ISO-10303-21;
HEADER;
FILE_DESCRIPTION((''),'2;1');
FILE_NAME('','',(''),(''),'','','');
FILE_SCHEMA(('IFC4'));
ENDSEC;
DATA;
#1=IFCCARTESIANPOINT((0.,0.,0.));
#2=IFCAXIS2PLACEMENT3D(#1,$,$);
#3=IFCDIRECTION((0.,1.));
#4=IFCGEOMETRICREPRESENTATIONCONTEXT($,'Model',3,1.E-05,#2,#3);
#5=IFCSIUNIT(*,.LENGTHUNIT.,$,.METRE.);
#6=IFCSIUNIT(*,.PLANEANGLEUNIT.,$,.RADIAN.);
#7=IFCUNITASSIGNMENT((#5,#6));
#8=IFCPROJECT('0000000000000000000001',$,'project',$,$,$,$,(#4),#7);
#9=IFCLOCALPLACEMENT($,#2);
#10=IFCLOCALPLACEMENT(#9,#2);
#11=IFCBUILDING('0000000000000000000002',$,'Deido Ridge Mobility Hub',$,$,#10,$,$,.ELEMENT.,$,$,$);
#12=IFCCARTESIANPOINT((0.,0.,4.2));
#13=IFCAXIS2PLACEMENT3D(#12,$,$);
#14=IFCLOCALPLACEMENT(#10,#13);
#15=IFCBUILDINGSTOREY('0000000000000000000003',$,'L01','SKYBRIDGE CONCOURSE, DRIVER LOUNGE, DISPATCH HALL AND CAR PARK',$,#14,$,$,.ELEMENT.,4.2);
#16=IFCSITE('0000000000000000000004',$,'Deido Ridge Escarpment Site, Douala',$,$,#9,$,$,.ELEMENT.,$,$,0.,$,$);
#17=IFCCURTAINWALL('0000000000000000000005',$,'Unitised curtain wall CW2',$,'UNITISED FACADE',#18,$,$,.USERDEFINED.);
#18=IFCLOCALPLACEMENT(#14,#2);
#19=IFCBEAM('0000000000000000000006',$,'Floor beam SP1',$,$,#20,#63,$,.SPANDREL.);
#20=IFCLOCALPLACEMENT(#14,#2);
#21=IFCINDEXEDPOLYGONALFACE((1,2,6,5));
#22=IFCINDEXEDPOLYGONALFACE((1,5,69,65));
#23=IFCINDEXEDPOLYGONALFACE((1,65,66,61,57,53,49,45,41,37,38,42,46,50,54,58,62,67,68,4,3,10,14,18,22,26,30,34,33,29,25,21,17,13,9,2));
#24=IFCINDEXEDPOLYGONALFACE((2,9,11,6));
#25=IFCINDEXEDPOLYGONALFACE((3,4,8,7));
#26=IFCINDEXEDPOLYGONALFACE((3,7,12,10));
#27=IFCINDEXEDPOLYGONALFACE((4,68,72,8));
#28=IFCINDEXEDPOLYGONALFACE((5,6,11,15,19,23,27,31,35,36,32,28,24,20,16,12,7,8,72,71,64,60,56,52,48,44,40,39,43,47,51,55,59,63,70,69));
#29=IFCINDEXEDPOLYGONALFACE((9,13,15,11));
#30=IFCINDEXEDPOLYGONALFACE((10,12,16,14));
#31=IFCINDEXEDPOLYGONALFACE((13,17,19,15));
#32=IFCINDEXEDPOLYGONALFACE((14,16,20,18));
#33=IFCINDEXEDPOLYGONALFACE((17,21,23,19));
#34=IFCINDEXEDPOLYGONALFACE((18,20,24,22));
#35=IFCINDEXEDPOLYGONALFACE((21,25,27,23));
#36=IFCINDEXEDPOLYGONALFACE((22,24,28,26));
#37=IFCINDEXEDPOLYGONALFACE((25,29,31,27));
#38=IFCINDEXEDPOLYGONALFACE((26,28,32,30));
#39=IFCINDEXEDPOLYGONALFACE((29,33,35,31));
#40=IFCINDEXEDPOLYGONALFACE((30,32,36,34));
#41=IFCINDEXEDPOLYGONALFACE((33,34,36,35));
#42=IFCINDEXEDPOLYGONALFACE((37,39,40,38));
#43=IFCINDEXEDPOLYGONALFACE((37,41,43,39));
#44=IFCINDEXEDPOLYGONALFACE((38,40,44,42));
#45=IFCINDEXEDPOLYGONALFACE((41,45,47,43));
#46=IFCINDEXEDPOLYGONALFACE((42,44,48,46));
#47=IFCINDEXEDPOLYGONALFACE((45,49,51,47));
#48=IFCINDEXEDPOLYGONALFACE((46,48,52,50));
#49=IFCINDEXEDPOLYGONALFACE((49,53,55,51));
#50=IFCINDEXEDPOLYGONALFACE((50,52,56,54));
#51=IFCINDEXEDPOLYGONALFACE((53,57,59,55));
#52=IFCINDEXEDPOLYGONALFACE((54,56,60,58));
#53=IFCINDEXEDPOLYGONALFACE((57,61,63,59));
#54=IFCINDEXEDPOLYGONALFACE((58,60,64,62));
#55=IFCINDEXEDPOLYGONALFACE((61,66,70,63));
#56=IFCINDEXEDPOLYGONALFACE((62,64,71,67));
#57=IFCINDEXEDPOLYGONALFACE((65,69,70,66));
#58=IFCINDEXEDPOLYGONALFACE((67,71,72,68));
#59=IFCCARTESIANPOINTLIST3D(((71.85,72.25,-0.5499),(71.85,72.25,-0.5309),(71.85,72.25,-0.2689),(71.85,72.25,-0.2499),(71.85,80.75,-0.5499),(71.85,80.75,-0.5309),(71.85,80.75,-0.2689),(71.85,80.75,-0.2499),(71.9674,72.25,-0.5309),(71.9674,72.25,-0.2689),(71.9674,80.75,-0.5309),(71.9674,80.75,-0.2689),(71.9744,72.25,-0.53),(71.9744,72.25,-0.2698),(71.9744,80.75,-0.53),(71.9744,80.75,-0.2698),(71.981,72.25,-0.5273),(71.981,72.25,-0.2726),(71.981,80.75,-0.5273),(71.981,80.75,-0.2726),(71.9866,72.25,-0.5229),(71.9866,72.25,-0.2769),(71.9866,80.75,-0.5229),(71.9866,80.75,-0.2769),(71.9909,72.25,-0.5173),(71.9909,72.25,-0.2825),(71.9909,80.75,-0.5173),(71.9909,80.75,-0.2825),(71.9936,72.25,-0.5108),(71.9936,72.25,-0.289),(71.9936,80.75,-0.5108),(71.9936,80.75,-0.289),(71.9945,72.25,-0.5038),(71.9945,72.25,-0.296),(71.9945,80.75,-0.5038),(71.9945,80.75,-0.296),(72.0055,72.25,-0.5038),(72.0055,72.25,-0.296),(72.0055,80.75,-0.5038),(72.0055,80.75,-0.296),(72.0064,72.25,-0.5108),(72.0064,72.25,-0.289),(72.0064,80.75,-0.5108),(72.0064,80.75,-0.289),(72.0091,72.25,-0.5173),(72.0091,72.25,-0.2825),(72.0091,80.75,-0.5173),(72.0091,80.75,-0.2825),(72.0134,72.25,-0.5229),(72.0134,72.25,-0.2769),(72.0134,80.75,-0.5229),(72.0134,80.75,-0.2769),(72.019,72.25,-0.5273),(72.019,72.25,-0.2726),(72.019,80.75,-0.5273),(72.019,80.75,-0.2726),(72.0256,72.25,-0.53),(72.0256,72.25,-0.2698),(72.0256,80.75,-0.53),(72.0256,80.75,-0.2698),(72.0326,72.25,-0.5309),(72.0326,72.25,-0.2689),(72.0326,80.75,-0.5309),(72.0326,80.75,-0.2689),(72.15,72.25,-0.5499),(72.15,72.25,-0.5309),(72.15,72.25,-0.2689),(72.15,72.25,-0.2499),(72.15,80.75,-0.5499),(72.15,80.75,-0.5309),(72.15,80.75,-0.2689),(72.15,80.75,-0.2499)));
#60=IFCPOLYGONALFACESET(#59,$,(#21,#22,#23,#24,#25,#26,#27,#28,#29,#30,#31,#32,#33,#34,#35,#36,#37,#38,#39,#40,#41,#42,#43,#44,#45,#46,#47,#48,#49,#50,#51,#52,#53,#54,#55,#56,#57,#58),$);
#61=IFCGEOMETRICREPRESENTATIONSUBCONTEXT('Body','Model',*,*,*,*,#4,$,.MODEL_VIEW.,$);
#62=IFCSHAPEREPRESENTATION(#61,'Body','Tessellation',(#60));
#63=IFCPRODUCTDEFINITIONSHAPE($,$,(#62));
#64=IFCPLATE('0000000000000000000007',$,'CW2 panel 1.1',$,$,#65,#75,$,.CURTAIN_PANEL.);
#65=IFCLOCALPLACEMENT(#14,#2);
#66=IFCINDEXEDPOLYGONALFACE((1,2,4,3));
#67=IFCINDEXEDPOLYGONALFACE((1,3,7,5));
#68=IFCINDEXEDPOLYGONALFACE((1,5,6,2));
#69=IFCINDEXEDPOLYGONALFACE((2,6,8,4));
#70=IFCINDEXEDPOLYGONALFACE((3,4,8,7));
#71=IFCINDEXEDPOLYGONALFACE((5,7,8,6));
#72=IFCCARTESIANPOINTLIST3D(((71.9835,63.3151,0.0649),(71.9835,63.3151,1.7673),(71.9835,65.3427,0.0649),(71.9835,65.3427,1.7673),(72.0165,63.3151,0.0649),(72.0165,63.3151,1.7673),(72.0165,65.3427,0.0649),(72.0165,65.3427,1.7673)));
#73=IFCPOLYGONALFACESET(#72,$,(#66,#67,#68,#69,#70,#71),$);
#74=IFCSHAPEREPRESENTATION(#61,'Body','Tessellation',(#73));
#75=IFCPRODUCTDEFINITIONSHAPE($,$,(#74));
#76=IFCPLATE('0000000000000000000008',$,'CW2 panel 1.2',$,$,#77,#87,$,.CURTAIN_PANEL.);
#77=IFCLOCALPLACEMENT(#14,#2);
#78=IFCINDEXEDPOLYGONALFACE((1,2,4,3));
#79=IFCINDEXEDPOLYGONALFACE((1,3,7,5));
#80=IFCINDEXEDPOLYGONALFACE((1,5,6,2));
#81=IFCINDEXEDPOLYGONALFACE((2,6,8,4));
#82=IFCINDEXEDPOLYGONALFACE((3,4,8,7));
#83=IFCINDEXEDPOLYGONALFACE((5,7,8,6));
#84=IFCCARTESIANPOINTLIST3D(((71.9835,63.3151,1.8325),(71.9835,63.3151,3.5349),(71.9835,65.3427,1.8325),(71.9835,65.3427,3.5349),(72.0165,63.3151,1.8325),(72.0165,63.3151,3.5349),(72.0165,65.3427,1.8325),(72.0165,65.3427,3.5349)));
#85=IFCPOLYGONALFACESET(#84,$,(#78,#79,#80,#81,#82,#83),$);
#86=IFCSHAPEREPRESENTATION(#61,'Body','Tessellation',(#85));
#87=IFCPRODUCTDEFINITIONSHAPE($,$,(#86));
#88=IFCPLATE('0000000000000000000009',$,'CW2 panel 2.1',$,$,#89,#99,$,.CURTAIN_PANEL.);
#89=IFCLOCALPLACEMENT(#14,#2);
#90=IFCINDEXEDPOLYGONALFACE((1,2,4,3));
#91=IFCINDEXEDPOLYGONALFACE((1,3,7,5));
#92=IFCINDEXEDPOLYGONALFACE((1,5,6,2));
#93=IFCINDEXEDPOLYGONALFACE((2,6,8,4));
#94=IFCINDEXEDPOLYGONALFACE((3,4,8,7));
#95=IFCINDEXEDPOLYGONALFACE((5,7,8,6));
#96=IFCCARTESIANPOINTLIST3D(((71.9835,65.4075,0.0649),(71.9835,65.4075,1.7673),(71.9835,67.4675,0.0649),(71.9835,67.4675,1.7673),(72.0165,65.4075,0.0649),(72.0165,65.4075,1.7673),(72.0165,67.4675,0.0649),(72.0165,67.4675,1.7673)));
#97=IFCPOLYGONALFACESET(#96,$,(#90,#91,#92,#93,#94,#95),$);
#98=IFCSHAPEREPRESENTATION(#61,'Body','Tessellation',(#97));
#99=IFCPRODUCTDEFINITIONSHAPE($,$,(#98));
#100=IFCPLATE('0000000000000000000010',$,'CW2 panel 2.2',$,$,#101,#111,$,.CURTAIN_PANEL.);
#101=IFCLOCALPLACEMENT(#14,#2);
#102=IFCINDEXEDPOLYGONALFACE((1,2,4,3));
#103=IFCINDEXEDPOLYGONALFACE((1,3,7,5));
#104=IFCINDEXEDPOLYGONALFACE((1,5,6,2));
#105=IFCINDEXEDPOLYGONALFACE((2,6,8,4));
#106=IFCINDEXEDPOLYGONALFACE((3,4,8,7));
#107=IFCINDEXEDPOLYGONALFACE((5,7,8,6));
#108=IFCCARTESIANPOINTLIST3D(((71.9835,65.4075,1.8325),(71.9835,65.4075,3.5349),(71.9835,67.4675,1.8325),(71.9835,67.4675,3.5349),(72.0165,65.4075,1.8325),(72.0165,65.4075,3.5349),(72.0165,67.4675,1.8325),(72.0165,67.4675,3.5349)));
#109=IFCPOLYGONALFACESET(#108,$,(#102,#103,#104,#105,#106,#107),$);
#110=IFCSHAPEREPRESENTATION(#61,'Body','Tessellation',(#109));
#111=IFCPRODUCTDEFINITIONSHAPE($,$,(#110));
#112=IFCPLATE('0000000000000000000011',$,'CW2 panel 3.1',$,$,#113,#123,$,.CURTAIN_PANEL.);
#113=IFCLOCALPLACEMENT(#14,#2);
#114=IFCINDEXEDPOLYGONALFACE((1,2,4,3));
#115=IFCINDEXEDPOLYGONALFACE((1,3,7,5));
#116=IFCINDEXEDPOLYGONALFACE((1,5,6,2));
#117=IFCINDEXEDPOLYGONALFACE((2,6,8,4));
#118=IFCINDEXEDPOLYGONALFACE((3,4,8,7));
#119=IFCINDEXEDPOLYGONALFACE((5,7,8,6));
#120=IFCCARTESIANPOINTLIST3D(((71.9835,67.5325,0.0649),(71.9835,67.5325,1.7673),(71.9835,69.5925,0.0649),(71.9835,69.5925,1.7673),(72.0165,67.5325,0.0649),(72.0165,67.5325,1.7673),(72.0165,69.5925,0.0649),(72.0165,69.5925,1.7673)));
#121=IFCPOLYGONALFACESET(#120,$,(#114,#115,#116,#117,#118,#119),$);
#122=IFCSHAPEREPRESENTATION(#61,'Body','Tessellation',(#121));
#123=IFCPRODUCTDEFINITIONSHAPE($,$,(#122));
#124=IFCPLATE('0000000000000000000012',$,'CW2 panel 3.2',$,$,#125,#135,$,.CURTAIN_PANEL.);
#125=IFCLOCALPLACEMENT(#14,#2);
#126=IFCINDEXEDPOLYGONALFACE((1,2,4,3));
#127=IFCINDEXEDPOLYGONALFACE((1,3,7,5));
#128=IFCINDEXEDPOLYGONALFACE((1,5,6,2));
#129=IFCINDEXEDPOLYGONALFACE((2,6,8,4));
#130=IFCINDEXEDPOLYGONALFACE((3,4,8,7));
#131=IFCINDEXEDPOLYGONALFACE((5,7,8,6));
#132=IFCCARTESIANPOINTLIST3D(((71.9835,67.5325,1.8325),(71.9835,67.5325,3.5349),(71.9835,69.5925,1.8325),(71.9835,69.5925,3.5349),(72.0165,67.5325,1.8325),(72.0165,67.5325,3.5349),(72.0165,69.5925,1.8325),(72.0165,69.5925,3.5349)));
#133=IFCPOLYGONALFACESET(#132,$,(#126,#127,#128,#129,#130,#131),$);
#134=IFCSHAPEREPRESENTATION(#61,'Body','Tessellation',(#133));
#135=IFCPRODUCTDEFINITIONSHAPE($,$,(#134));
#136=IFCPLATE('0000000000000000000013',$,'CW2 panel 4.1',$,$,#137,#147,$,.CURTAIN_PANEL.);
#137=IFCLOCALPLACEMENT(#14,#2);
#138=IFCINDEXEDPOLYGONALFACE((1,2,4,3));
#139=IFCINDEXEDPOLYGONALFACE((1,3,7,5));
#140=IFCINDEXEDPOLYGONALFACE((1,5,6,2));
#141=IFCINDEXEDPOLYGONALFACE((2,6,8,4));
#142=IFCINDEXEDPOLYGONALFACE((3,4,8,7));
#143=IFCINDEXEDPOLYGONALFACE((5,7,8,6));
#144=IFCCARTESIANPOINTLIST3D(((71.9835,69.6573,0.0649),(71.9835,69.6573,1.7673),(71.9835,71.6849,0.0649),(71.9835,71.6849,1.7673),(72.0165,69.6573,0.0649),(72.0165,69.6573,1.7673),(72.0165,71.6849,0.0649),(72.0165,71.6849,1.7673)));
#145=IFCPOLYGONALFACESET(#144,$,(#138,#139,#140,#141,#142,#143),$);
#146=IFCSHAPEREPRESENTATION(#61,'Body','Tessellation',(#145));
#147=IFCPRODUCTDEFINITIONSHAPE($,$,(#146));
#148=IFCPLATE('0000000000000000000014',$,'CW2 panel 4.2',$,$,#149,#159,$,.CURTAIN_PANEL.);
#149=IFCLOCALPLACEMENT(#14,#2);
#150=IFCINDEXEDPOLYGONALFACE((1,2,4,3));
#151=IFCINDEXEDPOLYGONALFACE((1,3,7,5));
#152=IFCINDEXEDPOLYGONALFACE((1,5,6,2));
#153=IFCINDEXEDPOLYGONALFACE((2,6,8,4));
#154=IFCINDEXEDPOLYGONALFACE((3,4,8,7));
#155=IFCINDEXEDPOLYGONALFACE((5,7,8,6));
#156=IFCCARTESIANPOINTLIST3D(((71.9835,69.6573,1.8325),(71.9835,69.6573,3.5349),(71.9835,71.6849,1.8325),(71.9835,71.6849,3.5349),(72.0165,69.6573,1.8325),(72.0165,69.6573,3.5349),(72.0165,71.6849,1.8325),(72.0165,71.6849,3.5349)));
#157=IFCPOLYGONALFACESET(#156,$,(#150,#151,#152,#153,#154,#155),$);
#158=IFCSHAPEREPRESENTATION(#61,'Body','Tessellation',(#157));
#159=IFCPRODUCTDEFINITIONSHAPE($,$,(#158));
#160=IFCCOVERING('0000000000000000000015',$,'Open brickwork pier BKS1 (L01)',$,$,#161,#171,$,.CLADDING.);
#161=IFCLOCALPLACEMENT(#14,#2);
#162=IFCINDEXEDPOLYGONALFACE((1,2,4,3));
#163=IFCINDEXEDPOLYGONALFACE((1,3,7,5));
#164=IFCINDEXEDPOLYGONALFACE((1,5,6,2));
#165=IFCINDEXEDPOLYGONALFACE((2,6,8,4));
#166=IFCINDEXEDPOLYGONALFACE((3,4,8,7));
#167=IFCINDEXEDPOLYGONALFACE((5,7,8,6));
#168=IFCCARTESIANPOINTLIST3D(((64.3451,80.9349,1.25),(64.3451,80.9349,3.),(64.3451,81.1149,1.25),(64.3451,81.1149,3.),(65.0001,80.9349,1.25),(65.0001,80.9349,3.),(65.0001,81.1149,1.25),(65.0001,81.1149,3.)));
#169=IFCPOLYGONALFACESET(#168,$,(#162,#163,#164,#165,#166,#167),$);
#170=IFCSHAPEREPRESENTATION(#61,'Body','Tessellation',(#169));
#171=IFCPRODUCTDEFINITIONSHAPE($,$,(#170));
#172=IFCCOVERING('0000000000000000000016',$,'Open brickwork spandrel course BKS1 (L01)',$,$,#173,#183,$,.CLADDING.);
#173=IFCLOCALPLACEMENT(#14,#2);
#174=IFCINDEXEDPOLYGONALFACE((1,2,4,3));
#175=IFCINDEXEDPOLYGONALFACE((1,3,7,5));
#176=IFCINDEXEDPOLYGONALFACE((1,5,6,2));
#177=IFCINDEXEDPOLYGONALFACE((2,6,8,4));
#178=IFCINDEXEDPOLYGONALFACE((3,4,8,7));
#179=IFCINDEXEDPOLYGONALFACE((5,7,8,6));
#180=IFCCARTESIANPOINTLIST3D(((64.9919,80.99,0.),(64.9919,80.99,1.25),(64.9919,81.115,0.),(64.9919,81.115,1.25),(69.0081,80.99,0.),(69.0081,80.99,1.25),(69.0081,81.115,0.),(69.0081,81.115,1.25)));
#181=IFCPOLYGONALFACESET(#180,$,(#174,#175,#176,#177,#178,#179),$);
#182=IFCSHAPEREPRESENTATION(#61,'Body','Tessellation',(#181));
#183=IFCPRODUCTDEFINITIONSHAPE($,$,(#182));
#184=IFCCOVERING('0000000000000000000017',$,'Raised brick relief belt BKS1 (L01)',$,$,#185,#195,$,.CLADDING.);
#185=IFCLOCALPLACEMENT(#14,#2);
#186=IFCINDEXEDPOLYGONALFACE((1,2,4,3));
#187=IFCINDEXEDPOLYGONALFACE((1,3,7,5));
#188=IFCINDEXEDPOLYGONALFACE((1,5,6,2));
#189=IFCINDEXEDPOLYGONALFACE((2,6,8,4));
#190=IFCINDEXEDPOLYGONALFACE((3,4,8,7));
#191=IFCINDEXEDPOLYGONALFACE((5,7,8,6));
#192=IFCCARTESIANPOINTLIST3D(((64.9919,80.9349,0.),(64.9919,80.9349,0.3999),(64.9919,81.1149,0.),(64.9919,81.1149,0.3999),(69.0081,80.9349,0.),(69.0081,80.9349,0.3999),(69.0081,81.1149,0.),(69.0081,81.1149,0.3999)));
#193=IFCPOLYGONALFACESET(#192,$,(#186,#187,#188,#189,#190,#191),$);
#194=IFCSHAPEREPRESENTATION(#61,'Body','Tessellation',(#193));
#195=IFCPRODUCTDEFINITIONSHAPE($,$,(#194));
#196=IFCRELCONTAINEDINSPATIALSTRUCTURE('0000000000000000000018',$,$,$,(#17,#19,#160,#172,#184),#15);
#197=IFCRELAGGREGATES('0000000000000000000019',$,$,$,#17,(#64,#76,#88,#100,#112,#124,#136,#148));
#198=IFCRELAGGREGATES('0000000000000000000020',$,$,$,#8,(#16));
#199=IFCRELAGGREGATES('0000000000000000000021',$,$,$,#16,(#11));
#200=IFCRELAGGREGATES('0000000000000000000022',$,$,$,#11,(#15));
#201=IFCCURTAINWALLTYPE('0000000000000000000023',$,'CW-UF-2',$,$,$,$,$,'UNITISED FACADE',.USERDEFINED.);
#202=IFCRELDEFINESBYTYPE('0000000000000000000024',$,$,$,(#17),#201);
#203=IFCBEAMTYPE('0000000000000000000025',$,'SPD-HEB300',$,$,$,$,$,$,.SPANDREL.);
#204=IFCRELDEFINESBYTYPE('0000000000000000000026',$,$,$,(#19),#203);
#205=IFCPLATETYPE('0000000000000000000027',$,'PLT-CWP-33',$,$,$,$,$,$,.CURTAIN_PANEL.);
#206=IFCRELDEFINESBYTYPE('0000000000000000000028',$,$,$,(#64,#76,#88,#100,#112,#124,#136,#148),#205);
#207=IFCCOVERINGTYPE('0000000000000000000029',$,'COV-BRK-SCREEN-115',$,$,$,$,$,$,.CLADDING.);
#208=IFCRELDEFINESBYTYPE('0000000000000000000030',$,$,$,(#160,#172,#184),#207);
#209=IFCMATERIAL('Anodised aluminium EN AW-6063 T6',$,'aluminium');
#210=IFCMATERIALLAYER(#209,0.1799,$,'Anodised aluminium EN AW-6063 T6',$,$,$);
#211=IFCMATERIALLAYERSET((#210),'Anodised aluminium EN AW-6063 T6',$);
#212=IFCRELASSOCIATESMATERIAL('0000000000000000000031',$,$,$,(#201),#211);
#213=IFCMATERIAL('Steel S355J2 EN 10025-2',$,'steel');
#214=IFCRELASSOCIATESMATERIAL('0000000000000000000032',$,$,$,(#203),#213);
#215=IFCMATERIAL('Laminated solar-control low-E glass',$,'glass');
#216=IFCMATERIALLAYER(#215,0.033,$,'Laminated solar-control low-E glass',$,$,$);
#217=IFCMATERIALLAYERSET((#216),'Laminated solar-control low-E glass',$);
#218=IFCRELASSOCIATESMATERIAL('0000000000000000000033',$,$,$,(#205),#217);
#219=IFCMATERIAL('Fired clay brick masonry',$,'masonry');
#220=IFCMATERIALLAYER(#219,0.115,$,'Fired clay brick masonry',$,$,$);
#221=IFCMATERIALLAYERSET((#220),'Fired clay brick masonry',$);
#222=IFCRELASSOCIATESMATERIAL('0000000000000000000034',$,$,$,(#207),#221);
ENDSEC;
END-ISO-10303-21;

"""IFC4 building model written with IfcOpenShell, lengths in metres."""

from ifc_helpers import new_model, si_unit, direction, frame, origin, origin_2d, place, context, subcontext, project, spatial, rectangle, i_section, extrude, material, layer, layer_set, material_profile, profile_set, type_object, element, aggregate, save


model = new_model("IFC4")

# Units and contexts
model_context = context("Model", 3, precision=1e-05, world=origin(), true_north=direction((0.0, 1.0)))
body_context = subcontext(model_context, "Body", "Model", "MODEL_VIEW")
ifc_project = project(units=[si_unit("LENGTHUNIT", "METRE"), si_unit("PLANEANGLEUNIT", "RADIAN")], contexts=[model_context])

# Site, building, storey
site_placement = place(None, origin())
site = spatial("IfcSite", under=ifc_project, at=site_placement, Name="Deido Ridge Escarpment Site, Douala", CompositionType="ELEMENT", RefElevation=0.0)
building_placement = place(site_placement, origin())
building = spatial("IfcBuilding", under=site, at=building_placement, Name="Deido Ridge Mobility Hub", CompositionType="ELEMENT")
storey_placement = place(building_placement, frame((0.0, 0.0, 4.2)))
storey = spatial("IfcBuildingStorey", under=building, at=storey_placement, Name="L01", Description="SKYBRIDGE CONCOURSE, DRIVER LOUNGE, DISPATCH HALL AND CAR PARK", CompositionType="ELEMENT", Elevation=4.2)

# Shared definitions
ifc_material_1 = material(Name="Steel S355J2 EN 10025-2", Category="steel")

# Curtain wall
ifc_material_2 = material(Name="Anodised aluminium EN AW-6063 T6", Category="aluminium")
ifc_layer_1 = layer(ifc_material_2, 0.1799, Name="Anodised aluminium EN AW-6063 T6")
ifc_layer_set_1 = layer_set([ifc_layer_1], Name="Anodised aluminium EN AW-6063 T6")
curtain_wall_type = type_object("IfcCurtainWallType", Name="CW-UF-2", ElementType="UNITISED FACADE", PredefinedType="USERDEFINED", material=ifc_layer_set_1)
curtain_wall_placement = place(storey_placement, origin())
curtain_wall = element("IfcCurtainWall", 1, at=curtain_wall_placement, inside=storey, type_object=curtain_wall_type, Name="Unitised curtain wall CW2", ObjectType="UNITISED FACADE", PredefinedType="USERDEFINED")

# Beam
ifc_material_profile_1 = material_profile(ifc_material_1, i_section(OverallWidth=0.3, OverallDepth=0.3, WebThickness=0.011, FlangeThickness=0.019, FilletRadius=0.0271, at=origin_2d()), Name="HEB 300")
ifc_profile_set_1 = profile_set([ifc_material_profile_1], Name="Steel S355J2 EN 10025-2")
beam_type_1 = type_object("IfcBeamType", Name="SPD-HEB300", PredefinedType="SPANDREL", material=ifc_profile_set_1)
beam_1_placement = place(storey_placement, frame((72.0, 72.25, -0.3999), z_axis=(0.0, 1.0, 0.0), x_axis=(-1.0, 0.0, 0.0)))
element("IfcBeam", 2, at=beam_1_placement, inside=storey, type_object=beam_type_1, Name="Floor beam SP1", PredefinedType="SPANDREL", context=body_context, shape_type="SweptSolid", body=[
    extrude(i_section(OverallWidth=0.3, OverallDepth=0.3, WebThickness=0.011, FlangeThickness=0.019, FilletRadius=0.0271, at=origin_2d()), origin(), (0.0, 0.0, 1.0), 8.5),
])

# Plates
ifc_material_3 = material(Name="Laminated solar-control low-E glass", Category="glass")
ifc_layer_2 = layer(ifc_material_3, 0.033, Name="Laminated solar-control low-E glass")
ifc_layer_set_2 = layer_set([ifc_layer_2], Name="Laminated solar-control low-E glass")
plate_type = type_object("IfcPlateType", Name="PLT-CWP-33", PredefinedType="CURTAIN_PANEL", material=ifc_layer_set_2)
plate_1_placement = place(storey_placement, frame((72.0, 64.3289, 0.0649), z_axis=(0.0, 0.0, 1.0), x_axis=(0.0, 1.0, 0.0)))
plate_1 = element("IfcPlate", 3, at=plate_1_placement, type_object=plate_type, Name="CW2 panel 1.1", PredefinedType="CURTAIN_PANEL", context=body_context, shape_type="SweptSolid", body=[
    extrude(rectangle(XDim=2.0276, YDim=0.033, at=origin_2d()), origin(), (0.0, 0.0, 1.0), 1.7024),
])
plate_2_placement = place(storey_placement, frame((72.0, 64.3289, 1.8325), z_axis=(0.0, 0.0, 1.0), x_axis=(0.0, 1.0, 0.0)))
plate_2 = element("IfcPlate", 4, at=plate_2_placement, type_object=plate_type, Name="CW2 panel 1.2", PredefinedType="CURTAIN_PANEL", context=body_context, shape_type="SweptSolid", body=[
    extrude(rectangle(XDim=2.0276, YDim=0.033, at=origin_2d()), origin(), (0.0, 0.0, 1.0), 1.7024),
])
plate_3_placement = place(storey_placement, frame((72.0, 66.4375, 0.0649), z_axis=(0.0, 0.0, 1.0), x_axis=(0.0, 1.0, 0.0)))
plate_3 = element("IfcPlate", 5, at=plate_3_placement, type_object=plate_type, Name="CW2 panel 2.1", PredefinedType="CURTAIN_PANEL", context=body_context, shape_type="SweptSolid", body=[
    extrude(rectangle(XDim=2.0601, YDim=0.033, at=origin_2d()), origin(), (0.0, 0.0, 1.0), 1.7024),
])
plate_4_placement = place(storey_placement, frame((72.0, 66.4375, 1.8325), z_axis=(0.0, 0.0, 1.0), x_axis=(0.0, 1.0, 0.0)))
plate_4 = element("IfcPlate", 6, at=plate_4_placement, type_object=plate_type, Name="CW2 panel 2.2", PredefinedType="CURTAIN_PANEL", context=body_context, shape_type="SweptSolid", body=[
    extrude(rectangle(XDim=2.0601, YDim=0.033, at=origin_2d()), origin(), (0.0, 0.0, 1.0), 1.7024),
])
plate_5_placement = place(storey_placement, frame((72.0, 68.5625, 0.0649), z_axis=(0.0, 0.0, 1.0), x_axis=(0.0, 1.0, 0.0)))
plate_5 = element("IfcPlate", 7, at=plate_5_placement, type_object=plate_type, Name="CW2 panel 3.1", PredefinedType="CURTAIN_PANEL", context=body_context, shape_type="SweptSolid", body=[
    extrude(rectangle(XDim=2.0601, YDim=0.033, at=origin_2d()), origin(), (0.0, 0.0, 1.0), 1.7024),
])
plate_6_placement = place(storey_placement, frame((72.0, 68.5625, 1.8325), z_axis=(0.0, 0.0, 1.0), x_axis=(0.0, 1.0, 0.0)))
plate_6 = element("IfcPlate", 8, at=plate_6_placement, type_object=plate_type, Name="CW2 panel 3.2", PredefinedType="CURTAIN_PANEL", context=body_context, shape_type="SweptSolid", body=[
    extrude(rectangle(XDim=2.0601, YDim=0.033, at=origin_2d()), origin(), (0.0, 0.0, 1.0), 1.7024),
])
plate_7_placement = place(storey_placement, frame((72.0, 70.6711, 0.0649), z_axis=(0.0, 0.0, 1.0), x_axis=(0.0, 1.0, 0.0)))
plate_7 = element("IfcPlate", 9, at=plate_7_placement, type_object=plate_type, Name="CW2 panel 4.1", PredefinedType="CURTAIN_PANEL", context=body_context, shape_type="SweptSolid", body=[
    extrude(rectangle(XDim=2.0276, YDim=0.033, at=origin_2d()), origin(), (0.0, 0.0, 1.0), 1.7024),
])
plate_8_placement = place(storey_placement, frame((72.0, 70.6711, 1.8325), z_axis=(0.0, 0.0, 1.0), x_axis=(0.0, 1.0, 0.0)))
plate_8 = element("IfcPlate", 10, at=plate_8_placement, type_object=plate_type, Name="CW2 panel 4.2", PredefinedType="CURTAIN_PANEL", context=body_context, shape_type="SweptSolid", body=[
    extrude(rectangle(XDim=2.0276, YDim=0.033, at=origin_2d()), origin(), (0.0, 0.0, 1.0), 1.7024),
])
aggregate(curtain_wall, [plate_1, plate_2, plate_3, plate_4, plate_5, plate_6, plate_7, plate_8])

# Coverings
ifc_material_4 = material(Name="Fired clay brick masonry", Category="masonry")
ifc_layer_3 = layer(ifc_material_4, 0.115, Name="Fired clay brick masonry")
ifc_layer_set_3 = layer_set([ifc_layer_3], Name="Fired clay brick masonry")
covering_type = type_object("IfcCoveringType", Name="COV-BRK-SCREEN-115", PredefinedType="CLADDING", material=ifc_layer_set_3)
covering_1_placement = place(storey_placement, frame((64.6726, 81.0249, 1.25), z_axis=(0.0, 0.0, 1.0), x_axis=(1.0, 0.0, 0.0)))
element("IfcCovering", 11, at=covering_1_placement, inside=storey, type_object=covering_type, Name="Open brickwork pier BKS1 (L01)", PredefinedType="CLADDING", context=body_context, shape_type="SweptSolid", body=[
    extrude(rectangle(XDim=0.655, YDim=0.1799, at=origin_2d()), origin(), (0.0, 0.0, 1.0), 1.75),
])
covering_2_placement = place(storey_placement, frame((67.0, 81.0525, 0.0), z_axis=(0.0, 0.0, 1.0), x_axis=(1.0, 0.0, 0.0)))
element("IfcCovering", 12, at=covering_2_placement, inside=storey, type_object=covering_type, Name="Open brickwork spandrel course BKS1 (L01)", PredefinedType="CLADDING", context=body_context, shape_type="SweptSolid", body=[
    extrude(rectangle(XDim=4.0161, YDim=0.125, at=origin_2d()), origin(), (0.0, 0.0, 1.0), 1.25),
])
covering_3_placement = place(storey_placement, frame((67.0, 81.0249, 0.0), z_axis=(0.0, 0.0, 1.0), x_axis=(1.0, 0.0, 0.0)))
element("IfcCovering", 13, at=covering_3_placement, inside=storey, type_object=covering_type, Name="Raised brick relief belt BKS1 (L01)", PredefinedType="CLADDING", context=body_context, shape_type="SweptSolid", body=[
    extrude(rectangle(XDim=4.0161, YDim=0.1799, at=origin_2d()), origin(), (0.0, 0.0, 1.0), 0.3999),
])

save(model, "model.ifc")
